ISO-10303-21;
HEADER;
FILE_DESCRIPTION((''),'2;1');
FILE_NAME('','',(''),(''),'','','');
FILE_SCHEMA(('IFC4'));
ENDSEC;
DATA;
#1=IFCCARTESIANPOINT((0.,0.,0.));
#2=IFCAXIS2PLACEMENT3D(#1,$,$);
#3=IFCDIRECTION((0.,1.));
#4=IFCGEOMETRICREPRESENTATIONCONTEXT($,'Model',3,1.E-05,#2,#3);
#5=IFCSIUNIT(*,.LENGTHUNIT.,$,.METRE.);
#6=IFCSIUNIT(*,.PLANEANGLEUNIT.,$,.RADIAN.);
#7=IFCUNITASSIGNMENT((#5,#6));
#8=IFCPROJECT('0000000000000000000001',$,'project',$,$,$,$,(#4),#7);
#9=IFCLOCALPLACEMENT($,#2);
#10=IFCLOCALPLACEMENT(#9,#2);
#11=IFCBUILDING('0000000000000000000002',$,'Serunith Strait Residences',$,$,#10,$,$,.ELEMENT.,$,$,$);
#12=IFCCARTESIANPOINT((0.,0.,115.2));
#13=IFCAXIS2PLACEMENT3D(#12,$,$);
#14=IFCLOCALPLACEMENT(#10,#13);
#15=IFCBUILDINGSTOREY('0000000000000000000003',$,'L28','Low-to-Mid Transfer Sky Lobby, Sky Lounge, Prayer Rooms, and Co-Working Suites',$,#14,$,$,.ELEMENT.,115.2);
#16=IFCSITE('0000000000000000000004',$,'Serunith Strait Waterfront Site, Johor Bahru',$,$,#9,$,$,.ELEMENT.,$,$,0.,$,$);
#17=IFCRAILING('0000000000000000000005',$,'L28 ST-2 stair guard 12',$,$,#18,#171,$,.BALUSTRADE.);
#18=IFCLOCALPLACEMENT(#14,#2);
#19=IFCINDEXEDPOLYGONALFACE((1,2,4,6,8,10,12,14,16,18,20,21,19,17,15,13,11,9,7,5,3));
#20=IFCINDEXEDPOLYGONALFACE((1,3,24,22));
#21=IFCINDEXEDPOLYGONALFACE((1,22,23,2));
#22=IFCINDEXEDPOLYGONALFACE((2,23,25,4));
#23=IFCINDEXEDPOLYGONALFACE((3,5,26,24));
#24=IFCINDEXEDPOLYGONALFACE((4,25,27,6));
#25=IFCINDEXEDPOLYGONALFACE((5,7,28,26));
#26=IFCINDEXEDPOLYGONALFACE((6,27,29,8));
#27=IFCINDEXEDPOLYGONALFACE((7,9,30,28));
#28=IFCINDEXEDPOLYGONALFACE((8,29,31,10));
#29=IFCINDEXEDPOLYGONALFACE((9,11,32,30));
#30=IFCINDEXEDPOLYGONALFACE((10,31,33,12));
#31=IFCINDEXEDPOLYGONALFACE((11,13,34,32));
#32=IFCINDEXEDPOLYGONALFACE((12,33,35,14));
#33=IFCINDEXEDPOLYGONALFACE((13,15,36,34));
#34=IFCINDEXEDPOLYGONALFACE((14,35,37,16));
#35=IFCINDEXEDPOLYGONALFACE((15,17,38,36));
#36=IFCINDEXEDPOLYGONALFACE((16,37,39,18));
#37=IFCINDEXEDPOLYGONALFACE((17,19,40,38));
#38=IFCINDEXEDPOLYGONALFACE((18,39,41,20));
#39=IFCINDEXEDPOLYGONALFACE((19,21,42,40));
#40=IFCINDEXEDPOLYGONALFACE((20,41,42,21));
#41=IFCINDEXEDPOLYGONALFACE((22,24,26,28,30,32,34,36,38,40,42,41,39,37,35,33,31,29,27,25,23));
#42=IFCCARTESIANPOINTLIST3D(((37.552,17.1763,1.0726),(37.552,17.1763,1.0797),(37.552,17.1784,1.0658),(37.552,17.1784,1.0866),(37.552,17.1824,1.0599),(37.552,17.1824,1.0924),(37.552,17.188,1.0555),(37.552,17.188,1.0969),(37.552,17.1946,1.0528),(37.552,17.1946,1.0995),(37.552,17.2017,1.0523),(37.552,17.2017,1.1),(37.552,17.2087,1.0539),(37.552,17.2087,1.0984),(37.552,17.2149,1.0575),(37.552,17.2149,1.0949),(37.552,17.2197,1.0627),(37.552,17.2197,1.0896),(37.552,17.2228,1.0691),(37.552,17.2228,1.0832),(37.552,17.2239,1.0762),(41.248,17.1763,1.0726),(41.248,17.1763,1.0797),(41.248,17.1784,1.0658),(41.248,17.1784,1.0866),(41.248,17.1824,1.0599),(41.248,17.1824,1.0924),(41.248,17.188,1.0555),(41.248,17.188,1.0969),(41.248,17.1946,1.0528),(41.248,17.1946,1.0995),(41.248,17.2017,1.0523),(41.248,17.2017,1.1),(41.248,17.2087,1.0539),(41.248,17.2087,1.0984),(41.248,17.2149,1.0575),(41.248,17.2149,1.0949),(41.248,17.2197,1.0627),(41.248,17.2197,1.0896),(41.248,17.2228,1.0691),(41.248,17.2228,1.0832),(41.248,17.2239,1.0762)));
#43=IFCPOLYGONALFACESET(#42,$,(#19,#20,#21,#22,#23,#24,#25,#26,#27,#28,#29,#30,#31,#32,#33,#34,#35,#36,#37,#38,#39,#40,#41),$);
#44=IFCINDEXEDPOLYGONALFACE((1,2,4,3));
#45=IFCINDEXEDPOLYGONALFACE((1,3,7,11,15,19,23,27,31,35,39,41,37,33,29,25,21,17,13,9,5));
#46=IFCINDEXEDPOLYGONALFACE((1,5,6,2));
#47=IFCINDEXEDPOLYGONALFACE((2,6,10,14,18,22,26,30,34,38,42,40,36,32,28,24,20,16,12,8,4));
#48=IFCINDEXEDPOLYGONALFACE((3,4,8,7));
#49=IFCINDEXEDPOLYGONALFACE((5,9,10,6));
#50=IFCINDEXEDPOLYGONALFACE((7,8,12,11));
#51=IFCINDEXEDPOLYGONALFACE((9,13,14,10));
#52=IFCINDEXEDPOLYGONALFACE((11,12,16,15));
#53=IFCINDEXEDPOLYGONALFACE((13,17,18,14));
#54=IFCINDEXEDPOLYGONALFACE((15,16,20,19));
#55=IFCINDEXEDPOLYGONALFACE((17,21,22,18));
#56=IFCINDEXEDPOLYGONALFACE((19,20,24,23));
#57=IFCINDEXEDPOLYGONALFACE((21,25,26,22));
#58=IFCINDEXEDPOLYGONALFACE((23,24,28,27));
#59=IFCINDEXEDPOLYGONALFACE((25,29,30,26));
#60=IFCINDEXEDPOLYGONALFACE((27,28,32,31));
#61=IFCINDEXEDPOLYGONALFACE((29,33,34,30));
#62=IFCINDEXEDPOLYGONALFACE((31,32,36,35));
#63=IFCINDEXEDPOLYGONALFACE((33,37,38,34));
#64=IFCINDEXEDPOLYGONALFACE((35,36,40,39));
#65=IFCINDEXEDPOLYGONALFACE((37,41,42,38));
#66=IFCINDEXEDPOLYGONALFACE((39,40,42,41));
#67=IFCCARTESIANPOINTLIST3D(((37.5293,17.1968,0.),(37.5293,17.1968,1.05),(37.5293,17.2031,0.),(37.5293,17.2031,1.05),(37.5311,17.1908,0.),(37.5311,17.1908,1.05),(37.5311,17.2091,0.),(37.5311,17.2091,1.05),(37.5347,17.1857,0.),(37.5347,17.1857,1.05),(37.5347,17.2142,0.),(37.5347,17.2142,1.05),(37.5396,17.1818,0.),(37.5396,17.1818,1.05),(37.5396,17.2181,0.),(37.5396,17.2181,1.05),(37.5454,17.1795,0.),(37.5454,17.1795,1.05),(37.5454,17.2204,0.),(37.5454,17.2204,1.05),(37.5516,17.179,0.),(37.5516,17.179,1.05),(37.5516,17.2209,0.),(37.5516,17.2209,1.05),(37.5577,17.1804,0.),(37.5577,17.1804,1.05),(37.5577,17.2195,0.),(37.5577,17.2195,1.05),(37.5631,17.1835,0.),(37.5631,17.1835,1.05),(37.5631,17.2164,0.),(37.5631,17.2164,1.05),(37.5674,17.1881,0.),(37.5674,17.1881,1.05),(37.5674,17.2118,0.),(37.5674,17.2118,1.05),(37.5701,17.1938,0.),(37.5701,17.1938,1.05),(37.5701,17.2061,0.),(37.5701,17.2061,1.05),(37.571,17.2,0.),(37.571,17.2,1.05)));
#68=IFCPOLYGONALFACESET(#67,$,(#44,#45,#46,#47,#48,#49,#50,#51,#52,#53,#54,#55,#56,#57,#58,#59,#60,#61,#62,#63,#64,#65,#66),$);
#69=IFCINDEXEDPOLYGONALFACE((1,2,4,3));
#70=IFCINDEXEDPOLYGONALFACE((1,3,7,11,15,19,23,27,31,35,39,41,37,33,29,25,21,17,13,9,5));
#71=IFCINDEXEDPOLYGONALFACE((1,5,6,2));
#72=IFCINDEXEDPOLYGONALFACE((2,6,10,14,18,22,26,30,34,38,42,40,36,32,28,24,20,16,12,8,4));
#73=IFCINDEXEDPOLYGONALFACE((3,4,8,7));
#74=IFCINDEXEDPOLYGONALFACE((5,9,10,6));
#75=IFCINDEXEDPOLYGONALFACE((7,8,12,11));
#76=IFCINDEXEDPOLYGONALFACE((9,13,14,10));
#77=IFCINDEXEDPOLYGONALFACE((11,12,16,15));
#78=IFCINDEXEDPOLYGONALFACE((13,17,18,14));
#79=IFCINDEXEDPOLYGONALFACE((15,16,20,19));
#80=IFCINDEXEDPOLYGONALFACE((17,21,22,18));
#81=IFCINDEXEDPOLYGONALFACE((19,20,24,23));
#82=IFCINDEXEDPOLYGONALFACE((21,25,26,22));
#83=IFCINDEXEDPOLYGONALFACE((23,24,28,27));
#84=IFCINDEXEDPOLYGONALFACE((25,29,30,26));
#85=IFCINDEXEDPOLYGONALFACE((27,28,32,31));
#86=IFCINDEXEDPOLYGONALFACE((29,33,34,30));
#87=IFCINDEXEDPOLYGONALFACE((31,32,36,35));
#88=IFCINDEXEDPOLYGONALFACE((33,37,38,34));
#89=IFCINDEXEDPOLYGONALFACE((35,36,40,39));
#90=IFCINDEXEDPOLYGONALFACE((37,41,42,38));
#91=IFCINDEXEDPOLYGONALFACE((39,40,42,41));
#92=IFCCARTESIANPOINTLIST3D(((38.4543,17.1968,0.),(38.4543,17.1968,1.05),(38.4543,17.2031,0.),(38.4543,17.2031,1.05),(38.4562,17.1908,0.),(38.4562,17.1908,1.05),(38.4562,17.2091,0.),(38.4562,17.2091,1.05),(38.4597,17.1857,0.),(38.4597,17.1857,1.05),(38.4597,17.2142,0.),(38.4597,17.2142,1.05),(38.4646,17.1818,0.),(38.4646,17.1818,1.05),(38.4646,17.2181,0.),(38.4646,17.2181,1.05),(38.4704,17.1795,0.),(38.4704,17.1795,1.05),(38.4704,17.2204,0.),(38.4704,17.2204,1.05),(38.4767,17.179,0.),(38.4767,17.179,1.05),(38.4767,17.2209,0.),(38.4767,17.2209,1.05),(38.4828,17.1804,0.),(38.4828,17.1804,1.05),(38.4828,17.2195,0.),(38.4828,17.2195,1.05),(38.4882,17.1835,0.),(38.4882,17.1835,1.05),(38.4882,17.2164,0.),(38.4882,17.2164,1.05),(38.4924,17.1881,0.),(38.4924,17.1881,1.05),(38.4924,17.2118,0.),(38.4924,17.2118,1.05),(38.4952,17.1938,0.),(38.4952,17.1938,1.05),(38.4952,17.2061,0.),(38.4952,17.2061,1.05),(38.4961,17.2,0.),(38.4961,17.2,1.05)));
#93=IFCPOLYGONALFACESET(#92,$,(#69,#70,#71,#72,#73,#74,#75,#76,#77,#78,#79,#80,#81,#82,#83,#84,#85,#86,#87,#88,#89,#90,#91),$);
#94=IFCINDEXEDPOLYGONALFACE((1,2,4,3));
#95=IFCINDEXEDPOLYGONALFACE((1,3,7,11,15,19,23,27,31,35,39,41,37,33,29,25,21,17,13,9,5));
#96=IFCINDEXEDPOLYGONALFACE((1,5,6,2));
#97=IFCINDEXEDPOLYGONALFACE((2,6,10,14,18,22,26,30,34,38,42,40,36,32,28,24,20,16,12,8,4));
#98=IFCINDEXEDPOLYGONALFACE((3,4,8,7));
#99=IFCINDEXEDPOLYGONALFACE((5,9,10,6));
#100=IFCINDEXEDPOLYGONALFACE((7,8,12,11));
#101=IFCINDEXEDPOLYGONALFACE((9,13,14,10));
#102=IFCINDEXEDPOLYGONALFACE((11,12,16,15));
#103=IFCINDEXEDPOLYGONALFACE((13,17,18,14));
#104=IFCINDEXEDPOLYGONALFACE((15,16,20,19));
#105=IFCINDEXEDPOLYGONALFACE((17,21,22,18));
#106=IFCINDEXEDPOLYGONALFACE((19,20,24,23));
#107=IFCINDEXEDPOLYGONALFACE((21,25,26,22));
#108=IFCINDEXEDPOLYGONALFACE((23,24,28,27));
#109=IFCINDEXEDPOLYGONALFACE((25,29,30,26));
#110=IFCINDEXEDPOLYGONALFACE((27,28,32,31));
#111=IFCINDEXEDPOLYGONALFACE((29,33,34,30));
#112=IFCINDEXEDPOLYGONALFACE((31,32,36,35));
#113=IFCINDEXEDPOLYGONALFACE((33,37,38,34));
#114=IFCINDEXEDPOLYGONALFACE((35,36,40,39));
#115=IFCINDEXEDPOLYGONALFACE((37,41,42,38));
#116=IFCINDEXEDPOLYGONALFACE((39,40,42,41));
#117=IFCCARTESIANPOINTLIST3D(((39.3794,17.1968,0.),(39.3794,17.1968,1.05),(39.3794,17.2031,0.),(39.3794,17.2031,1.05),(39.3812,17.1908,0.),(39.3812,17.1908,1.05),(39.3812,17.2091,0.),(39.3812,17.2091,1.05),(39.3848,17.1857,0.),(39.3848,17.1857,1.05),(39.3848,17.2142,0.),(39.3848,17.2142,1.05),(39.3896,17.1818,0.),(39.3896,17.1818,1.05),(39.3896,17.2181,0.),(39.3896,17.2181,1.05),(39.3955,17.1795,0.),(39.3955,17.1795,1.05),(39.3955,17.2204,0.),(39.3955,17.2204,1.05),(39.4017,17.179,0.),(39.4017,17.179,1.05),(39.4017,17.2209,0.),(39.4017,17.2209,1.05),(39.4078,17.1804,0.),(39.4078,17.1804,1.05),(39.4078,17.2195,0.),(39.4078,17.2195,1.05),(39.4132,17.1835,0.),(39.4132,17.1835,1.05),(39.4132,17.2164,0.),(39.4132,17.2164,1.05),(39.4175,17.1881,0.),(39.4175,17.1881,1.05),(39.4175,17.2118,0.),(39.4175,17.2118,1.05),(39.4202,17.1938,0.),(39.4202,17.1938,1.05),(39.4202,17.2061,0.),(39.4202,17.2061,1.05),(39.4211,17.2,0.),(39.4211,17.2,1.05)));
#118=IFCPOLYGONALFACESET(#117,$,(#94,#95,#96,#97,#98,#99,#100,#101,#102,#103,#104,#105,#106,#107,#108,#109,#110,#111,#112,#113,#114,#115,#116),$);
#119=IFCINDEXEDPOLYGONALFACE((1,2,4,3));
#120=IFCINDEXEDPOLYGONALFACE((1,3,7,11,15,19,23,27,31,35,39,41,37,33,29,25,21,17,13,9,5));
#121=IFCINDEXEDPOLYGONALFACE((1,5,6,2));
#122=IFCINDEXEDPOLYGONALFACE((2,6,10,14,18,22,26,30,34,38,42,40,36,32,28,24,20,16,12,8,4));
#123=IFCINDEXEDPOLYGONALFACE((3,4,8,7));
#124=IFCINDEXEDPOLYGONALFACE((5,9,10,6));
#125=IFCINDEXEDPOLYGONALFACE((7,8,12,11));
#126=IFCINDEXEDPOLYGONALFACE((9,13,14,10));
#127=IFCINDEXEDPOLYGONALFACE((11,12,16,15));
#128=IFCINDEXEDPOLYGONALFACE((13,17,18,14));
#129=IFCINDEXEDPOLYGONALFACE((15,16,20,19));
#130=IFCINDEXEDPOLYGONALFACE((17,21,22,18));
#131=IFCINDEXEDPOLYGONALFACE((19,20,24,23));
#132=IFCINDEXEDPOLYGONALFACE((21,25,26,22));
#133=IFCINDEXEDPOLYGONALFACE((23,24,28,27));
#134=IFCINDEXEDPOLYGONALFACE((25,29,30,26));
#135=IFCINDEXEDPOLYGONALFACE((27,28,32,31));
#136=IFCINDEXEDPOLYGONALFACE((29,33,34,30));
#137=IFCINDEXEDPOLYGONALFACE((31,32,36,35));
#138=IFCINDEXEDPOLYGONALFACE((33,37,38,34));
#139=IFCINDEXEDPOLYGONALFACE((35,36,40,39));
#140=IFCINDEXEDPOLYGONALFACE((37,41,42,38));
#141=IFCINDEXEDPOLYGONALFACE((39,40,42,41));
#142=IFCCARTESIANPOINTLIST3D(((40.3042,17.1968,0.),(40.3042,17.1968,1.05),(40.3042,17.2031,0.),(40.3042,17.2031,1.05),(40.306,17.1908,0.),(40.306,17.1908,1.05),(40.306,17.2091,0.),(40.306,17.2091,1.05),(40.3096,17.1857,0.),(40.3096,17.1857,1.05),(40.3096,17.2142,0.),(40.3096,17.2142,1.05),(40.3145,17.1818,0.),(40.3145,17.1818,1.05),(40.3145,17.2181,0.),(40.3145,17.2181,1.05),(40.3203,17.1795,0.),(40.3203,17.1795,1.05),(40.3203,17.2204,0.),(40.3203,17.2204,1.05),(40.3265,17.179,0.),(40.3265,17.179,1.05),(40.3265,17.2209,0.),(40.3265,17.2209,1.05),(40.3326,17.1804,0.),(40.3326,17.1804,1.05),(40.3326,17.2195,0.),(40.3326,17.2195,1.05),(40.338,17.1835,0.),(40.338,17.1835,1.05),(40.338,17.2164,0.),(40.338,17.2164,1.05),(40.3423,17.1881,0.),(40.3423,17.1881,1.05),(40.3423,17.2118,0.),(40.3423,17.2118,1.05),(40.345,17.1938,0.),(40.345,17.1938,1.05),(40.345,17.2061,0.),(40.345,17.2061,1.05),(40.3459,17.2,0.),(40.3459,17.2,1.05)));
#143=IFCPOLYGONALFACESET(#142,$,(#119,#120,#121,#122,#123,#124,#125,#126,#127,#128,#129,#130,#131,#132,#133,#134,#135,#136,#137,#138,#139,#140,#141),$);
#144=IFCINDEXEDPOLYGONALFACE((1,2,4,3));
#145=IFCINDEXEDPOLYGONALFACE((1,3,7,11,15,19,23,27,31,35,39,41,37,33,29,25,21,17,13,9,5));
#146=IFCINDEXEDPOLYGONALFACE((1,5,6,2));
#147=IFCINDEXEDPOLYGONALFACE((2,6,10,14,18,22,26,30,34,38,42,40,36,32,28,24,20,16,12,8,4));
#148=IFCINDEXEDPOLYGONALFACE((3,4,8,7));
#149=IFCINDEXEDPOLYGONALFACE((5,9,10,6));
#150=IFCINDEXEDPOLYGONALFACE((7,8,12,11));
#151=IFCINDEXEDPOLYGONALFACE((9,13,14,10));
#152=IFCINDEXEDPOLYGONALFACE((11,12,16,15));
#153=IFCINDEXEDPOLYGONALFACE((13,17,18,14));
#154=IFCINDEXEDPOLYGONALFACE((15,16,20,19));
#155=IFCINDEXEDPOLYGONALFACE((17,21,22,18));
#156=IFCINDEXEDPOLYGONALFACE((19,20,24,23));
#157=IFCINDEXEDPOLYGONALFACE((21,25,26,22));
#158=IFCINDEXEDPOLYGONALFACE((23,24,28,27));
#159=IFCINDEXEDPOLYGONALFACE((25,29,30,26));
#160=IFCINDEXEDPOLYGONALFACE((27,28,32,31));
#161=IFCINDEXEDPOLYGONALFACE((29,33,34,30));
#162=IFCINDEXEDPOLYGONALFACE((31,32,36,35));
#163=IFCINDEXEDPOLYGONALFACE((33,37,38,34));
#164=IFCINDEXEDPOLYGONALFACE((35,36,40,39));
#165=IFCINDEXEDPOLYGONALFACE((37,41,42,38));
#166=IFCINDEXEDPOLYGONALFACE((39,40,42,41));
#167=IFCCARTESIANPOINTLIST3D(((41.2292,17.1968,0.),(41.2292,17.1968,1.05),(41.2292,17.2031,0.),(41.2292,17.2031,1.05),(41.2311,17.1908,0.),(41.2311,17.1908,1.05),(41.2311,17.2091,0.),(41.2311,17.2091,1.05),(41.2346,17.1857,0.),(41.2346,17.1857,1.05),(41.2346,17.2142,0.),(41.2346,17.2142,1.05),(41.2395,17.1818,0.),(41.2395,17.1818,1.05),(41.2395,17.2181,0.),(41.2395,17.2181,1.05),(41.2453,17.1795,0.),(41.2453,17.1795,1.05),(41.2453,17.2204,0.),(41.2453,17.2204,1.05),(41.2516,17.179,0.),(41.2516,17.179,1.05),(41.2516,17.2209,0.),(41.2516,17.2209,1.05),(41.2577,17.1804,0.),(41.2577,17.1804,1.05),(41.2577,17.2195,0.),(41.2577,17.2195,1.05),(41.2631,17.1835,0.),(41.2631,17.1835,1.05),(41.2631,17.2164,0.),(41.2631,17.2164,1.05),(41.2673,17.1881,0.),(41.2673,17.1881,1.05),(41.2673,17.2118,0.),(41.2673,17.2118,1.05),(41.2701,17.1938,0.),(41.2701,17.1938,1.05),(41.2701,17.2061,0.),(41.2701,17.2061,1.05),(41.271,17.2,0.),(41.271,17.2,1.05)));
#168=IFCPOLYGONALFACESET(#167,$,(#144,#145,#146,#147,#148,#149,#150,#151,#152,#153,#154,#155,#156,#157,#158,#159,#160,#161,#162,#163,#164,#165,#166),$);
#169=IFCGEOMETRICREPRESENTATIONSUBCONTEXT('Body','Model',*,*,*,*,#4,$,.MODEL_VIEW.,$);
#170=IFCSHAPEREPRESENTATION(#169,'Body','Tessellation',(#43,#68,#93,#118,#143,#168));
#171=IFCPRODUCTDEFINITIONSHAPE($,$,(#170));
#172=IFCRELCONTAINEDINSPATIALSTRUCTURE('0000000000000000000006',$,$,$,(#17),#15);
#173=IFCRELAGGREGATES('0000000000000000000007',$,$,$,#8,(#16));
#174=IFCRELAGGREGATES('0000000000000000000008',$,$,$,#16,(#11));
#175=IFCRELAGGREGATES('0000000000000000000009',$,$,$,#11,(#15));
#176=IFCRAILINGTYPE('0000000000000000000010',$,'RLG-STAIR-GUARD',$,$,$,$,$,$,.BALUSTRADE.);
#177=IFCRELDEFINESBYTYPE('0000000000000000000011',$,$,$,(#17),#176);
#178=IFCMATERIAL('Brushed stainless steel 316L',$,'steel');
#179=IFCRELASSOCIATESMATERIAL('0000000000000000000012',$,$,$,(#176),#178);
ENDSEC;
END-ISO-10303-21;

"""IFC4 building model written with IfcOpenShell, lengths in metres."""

from ifc_helpers import new_model, si_unit, direction, frame, origin, origin_2d, place, context, subcontext, project, spatial, circle, extrude, material, type_object, element, save


model = new_model("IFC4")

# Units and contexts
model_context = context("Model", 3, precision=1e-05, world=origin(), true_north=direction((0.0, 1.0)))
body_context = subcontext(model_context, "Body", "Model", "MODEL_VIEW")
ifc_project = project(units=[si_unit("LENGTHUNIT", "METRE"), si_unit("PLANEANGLEUNIT", "RADIAN")], contexts=[model_context])

# Site, building, storey
site_placement = place(None, origin())
site = spatial("IfcSite", under=ifc_project, at=site_placement, Name="Serunith Strait Waterfront Site, Johor Bahru", CompositionType="ELEMENT", RefElevation=0.0)
building_placement = place(site_placement, origin())
building = spatial("IfcBuilding", under=site, at=building_placement, Name="Serunith Strait Residences", CompositionType="ELEMENT")
storey_placement = place(building_placement, frame((0.0, 0.0, 115.2)))
storey = spatial("IfcBuildingStorey", under=building, at=storey_placement, Name="L28", Description="Low-to-Mid Transfer Sky Lobby, Sky Lounge, Prayer Rooms, and Co-Working Suites", CompositionType="ELEMENT", Elevation=115.2)

# Railing
ifc_material_1 = material(Name="Brushed stainless steel 316L", Category="steel")
railing_type_1 = type_object("IfcRailingType", Name="RLG-STAIR-GUARD", PredefinedType="BALUSTRADE", material=ifc_material_1)
railing_1_placement = place(storey_placement, frame((37.55, 17.2, 0.0)))
element("IfcRailing", 1, at=railing_1_placement, inside=storey, type_object=railing_type_1, Name="L28 ST-2 stair guard 12", PredefinedType="BALUSTRADE", context=body_context, shape_type="SweptSolid", body=[
    extrude(circle(Radius=0.0239, at=origin_2d()), frame((0.002, 0.0, 1.0762), z_axis=(1.0, 0.0, 0.0), x_axis=(0.0, 1.0, 0.0)), (0.0, 0.0, 1.0), 3.696),
    extrude(circle(Radius=0.021, at=origin_2d()), origin(), (0.0, 0.0, 1.0), 1.05),
    extrude(circle(Radius=0.021, at=origin_2d()), frame((0.925, 0.0, 0.0)), (0.0, 0.0, 1.0), 1.05),
    extrude(circle(Radius=0.021, at=origin_2d()), frame((1.8501, 0.0, 0.0)), (0.0, 0.0, 1.0), 1.05),
    extrude(circle(Radius=0.021, at=origin_2d()), frame((2.7749, 0.0, 0.0)), (0.0, 0.0, 1.0), 1.05),
    extrude(circle(Radius=0.021, at=origin_2d()), frame((3.7, 0.0, 0.0)), (0.0, 0.0, 1.0), 1.05),
])

save(model, "model.ifc")
